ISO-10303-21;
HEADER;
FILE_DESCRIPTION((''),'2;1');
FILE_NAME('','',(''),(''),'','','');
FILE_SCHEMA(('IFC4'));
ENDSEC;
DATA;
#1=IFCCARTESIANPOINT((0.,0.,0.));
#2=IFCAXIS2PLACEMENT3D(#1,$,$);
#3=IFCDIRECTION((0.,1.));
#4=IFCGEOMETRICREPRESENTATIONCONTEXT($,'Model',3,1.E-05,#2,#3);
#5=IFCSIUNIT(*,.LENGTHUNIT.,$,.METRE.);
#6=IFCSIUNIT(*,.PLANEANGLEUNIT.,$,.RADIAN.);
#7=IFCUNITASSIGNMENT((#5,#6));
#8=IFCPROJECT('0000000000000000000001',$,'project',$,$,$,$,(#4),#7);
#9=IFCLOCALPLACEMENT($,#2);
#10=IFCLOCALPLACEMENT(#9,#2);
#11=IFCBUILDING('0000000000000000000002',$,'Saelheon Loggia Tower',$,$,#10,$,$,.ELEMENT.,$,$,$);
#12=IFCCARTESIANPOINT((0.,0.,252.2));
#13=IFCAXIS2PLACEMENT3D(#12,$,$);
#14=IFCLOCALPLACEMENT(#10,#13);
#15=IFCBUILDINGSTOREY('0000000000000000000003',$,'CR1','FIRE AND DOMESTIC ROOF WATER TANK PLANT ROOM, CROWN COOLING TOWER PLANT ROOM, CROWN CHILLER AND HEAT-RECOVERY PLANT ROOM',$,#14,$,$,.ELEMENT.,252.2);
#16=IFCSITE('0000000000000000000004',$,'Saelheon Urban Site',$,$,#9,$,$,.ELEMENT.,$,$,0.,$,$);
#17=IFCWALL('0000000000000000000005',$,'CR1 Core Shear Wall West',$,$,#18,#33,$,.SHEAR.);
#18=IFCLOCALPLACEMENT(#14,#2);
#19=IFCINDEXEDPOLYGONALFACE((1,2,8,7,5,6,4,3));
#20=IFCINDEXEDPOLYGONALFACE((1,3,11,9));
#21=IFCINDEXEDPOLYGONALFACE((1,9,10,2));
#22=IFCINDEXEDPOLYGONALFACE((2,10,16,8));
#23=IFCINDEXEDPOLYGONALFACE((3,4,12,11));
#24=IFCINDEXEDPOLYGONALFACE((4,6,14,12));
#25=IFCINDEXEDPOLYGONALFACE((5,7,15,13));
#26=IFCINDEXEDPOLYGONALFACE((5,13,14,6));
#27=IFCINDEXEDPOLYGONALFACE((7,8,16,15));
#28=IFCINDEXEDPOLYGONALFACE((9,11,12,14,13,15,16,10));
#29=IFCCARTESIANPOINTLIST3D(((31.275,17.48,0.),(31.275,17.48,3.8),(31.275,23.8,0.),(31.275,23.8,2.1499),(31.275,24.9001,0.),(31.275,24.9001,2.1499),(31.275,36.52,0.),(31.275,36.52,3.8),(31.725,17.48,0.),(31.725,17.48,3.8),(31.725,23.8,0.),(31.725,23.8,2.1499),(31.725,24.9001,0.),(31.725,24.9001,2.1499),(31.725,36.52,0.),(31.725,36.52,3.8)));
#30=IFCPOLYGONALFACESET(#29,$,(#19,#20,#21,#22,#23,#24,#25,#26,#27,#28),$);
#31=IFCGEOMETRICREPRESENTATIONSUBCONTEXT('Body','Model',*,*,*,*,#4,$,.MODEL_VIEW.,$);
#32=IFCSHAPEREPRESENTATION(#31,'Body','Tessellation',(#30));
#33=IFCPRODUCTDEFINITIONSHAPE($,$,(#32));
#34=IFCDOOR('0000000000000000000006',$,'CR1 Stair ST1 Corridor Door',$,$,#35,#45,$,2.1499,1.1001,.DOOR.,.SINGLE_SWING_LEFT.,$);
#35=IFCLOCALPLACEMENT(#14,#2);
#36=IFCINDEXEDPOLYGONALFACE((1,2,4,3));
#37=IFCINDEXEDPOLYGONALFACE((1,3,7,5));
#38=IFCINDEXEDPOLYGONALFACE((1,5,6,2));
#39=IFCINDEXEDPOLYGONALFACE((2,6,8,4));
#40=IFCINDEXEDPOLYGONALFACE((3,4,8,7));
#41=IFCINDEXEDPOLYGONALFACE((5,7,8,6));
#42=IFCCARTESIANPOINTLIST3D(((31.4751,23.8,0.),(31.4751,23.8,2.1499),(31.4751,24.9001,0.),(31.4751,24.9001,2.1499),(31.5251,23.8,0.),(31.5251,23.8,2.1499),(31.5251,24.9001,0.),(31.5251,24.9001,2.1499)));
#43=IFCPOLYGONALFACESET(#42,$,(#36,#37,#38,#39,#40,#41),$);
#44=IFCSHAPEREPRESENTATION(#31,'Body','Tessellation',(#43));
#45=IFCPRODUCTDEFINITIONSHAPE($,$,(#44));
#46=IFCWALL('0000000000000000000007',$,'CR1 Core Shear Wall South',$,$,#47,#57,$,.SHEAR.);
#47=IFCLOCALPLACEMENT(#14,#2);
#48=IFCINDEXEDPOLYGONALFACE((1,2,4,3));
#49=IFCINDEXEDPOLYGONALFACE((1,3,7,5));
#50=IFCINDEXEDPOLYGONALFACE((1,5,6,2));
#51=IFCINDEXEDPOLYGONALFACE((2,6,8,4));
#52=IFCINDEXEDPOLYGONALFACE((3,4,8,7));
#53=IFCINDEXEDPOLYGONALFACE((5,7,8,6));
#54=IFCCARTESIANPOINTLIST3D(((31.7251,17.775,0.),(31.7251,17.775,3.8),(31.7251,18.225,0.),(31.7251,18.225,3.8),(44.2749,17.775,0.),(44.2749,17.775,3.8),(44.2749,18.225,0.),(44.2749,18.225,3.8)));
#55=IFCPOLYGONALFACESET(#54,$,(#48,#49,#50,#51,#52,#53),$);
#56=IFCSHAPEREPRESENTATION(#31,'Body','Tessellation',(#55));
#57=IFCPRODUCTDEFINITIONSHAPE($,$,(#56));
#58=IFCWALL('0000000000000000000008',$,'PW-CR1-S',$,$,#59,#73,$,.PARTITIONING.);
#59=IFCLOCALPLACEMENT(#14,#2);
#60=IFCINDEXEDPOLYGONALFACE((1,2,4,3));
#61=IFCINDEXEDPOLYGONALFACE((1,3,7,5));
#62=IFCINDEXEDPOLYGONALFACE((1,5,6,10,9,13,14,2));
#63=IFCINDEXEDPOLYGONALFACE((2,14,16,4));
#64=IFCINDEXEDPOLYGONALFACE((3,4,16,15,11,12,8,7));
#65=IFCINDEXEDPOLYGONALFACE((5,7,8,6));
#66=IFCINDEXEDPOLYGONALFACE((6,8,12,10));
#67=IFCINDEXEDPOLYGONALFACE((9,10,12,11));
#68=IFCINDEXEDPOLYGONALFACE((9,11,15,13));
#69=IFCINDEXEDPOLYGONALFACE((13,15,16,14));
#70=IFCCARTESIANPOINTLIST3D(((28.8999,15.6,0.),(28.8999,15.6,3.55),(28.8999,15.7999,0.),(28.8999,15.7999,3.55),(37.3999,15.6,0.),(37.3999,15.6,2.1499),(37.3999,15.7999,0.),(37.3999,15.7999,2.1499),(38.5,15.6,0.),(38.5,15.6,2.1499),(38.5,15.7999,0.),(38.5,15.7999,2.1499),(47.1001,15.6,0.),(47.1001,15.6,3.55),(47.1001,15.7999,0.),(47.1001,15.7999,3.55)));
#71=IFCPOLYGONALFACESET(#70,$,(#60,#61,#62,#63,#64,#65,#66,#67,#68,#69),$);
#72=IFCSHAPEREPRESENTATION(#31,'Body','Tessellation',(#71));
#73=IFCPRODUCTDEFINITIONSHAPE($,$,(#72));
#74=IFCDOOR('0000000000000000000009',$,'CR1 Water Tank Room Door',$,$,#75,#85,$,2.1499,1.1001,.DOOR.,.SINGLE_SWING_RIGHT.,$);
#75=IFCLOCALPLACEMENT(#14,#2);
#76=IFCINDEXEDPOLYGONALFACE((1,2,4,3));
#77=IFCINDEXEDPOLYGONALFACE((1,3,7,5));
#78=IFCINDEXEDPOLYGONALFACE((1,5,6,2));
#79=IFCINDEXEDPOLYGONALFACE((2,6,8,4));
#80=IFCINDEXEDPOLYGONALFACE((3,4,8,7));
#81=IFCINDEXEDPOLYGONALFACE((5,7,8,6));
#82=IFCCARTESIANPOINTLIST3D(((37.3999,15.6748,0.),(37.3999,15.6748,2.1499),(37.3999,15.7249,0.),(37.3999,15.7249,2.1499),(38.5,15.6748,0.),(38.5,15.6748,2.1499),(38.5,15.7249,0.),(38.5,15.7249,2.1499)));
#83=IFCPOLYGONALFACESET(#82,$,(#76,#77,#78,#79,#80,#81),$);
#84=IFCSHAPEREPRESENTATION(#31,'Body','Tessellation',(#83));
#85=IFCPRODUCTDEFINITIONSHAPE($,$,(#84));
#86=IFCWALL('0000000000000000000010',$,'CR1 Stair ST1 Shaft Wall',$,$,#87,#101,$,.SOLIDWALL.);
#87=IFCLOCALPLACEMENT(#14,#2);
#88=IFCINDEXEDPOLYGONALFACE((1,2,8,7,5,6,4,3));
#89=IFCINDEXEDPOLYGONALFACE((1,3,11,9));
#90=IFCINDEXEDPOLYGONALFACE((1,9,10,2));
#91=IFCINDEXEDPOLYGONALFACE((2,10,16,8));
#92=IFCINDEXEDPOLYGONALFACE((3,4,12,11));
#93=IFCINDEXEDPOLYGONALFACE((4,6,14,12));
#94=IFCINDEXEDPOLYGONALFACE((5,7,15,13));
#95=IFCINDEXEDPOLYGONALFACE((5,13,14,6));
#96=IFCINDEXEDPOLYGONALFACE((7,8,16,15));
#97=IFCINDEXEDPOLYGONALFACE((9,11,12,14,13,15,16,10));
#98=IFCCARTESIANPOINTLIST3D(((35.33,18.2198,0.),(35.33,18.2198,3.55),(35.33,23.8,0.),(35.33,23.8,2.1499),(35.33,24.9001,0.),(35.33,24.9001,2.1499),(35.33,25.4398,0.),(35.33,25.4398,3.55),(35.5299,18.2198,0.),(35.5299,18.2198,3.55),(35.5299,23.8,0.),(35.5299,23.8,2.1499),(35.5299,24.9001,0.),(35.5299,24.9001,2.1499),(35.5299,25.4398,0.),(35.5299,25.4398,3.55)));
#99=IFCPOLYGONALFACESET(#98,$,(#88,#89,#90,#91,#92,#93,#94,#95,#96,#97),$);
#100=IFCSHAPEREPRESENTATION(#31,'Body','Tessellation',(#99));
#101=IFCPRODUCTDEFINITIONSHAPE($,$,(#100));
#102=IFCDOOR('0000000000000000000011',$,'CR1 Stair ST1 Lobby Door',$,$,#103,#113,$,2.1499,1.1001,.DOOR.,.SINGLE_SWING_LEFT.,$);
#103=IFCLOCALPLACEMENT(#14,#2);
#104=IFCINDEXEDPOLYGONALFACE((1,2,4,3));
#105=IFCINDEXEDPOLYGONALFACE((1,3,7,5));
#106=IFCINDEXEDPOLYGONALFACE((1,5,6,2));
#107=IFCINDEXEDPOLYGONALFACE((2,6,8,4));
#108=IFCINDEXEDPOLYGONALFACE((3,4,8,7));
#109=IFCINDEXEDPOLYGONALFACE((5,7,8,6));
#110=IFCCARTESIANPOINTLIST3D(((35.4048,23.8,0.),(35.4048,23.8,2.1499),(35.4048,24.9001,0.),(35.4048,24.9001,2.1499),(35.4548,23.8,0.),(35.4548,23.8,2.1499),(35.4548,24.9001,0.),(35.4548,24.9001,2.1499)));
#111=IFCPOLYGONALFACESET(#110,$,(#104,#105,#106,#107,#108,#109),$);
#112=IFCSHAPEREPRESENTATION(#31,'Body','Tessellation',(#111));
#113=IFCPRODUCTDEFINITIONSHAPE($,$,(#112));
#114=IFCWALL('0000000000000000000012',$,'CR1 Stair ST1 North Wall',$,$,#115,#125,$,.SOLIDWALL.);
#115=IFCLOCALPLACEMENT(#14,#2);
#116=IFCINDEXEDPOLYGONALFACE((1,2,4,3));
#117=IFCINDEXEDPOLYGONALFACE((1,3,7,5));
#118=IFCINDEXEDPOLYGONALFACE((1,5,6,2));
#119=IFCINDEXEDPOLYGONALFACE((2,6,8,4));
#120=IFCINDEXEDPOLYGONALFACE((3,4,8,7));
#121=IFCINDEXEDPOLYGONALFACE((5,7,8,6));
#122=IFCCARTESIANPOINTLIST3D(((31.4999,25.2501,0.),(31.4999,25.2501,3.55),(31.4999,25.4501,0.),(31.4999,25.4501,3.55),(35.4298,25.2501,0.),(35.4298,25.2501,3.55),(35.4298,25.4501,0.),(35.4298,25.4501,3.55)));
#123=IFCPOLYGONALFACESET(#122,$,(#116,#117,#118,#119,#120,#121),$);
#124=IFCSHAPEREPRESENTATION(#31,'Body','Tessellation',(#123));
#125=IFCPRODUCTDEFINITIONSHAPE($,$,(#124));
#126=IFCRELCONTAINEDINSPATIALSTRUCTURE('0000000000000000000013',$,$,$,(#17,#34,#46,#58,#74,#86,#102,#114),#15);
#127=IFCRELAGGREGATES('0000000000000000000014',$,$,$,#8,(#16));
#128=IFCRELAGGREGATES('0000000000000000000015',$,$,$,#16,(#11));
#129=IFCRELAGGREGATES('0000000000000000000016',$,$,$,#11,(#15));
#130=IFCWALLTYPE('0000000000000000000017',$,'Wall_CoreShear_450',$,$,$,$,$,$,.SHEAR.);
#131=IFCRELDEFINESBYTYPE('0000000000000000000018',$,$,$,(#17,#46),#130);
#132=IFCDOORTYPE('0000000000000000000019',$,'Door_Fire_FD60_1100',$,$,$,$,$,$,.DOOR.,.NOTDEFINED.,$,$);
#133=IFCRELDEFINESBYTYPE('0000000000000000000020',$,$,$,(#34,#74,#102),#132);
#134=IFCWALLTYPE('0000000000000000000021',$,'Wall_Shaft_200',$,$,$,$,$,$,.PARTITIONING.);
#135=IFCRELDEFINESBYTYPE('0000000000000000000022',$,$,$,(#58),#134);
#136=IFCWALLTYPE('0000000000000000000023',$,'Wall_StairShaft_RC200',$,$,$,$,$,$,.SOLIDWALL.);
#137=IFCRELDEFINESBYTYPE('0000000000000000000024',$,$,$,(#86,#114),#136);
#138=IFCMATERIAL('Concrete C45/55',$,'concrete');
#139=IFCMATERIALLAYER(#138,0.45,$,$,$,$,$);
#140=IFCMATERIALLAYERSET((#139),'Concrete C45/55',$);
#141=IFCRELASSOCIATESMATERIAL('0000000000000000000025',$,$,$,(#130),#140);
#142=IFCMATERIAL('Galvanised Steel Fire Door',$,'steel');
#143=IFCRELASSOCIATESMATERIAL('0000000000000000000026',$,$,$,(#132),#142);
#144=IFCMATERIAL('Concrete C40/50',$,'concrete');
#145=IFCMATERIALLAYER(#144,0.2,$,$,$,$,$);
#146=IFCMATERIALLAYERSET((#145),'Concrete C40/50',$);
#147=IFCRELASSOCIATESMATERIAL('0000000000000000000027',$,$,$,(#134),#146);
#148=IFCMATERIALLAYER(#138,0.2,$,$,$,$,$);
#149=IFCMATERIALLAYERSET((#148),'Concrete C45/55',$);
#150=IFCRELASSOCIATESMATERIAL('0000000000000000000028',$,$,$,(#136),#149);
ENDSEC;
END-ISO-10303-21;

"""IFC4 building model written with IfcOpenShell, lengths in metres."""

from ifc_helpers import new_model, si_unit, direction, frame, frame_2d, origin, place, context, subcontext, project, spatial, rectangle, extrude, source, transform, mapped, material, layer, layer_set, type_object, element, fill, save


model = new_model("IFC4")

# Units and contexts
model_context = context("Model", 3, precision=1e-05, world=origin(), true_north=direction((0.0, 1.0)))
body_context = subcontext(model_context, "Body", "Model", "MODEL_VIEW")
ifc_project = project(units=[si_unit("LENGTHUNIT", "METRE"), si_unit("PLANEANGLEUNIT", "RADIAN")], contexts=[model_context])

# Site, building, storey
site_placement = place(None, origin())
site = spatial("IfcSite", under=ifc_project, at=site_placement, Name="Saelheon Urban Site", CompositionType="ELEMENT", RefElevation=0.0)
building_placement = place(site_placement, origin())
building = spatial("IfcBuilding", under=site, at=building_placement, Name="Saelheon Loggia Tower", CompositionType="ELEMENT")
storey_placement = place(building_placement, frame((0.0, 0.0, 252.2)))
storey = spatial("IfcBuildingStorey", under=building, at=storey_placement, Name="CR1", Description="FIRE AND DOMESTIC ROOF WATER TANK PLANT ROOM, CROWN COOLING TOWER PLANT ROOM, CROWN CHILLER AND HEAT-RECOVERY PLANT ROOM", CompositionType="ELEMENT", Elevation=252.2)

# Shared definitions
ifc_material_1 = material(Name="Concrete C45/55", Category="concrete")

# Wall, opening, door
ifc_layer_1 = layer(ifc_material_1, 0.45)
ifc_layer_set_1 = layer_set([ifc_layer_1], Name="Concrete C45/55")
wall_type_1 = type_object("IfcWallType", Name="Wall_CoreShear_450", PredefinedType="SHEAR", material=ifc_layer_set_1)
wall_1_placement = place(storey_placement, frame((31.5, 17.48, 0.0), z_axis=(0.0, 0.0, 1.0), x_axis=(0.0, 1.0, 0.0)))
wall_1 = element("IfcWall", 1, at=wall_1_placement, inside=storey, type_object=wall_type_1, Name="CR1 Core Shear Wall West", PredefinedType="SHEAR", context=body_context, shape_type="SweptSolid", body=[
    extrude(rectangle(XDim=19.04, YDim=0.45, at=frame_2d((9.52, 0.0))), origin(), (0.0, 0.0, 1.0), 3.8),
])
opening_1_placement = place(wall_1_placement, frame((6.3201, 0.0, 0.0)))
opening_1 = element("IfcOpeningElement", 2, at=opening_1_placement, cuts=wall_1, PredefinedType="OPENING", context=body_context, shape_type="SweptSolid", body=[
    extrude(rectangle(XDim=1.1001, YDim=2.1499, at=frame_2d((0.55, 1.075))), frame((0.0, 0.2371, 0.0), z_axis=(0.0, -1.0, 0.0), x_axis=(1.0, 0.0, 0.0)), (0.0, 0.0, 1.0), 0.4739),
])
ifc_material_2 = material(Name="Galvanised Steel Fire Door", Category="steel")
door_type_1 = type_object("IfcDoorType", Name="Door_Fire_FD60_1100", OperationType="NOTDEFINED", PredefinedType="DOOR", material=ifc_material_2)
shared_shape_1 = source(origin(), body_context, "Body", "SweptSolid", [
    extrude(rectangle(XDim=1.1001, YDim=2.1499, at=frame_2d((0.55, 1.075))), frame((0.0, 0.0249, 0.0), z_axis=(0.0, -1.0, 0.0), x_axis=(1.0, 0.0, 0.0)), (0.0, 0.0, 1.0), 0.05),
])
door_1_placement = place(opening_1_placement, origin())
door_1 = element("IfcDoor", 3, at=door_1_placement, inside=storey, type_object=door_type_1, Name="CR1 Stair ST1 Corridor Door", OperationType="SINGLE_SWING_LEFT", OverallHeight=2.1499, OverallWidth=1.1001, PredefinedType="DOOR", context=body_context, shape_type="MappedRepresentation", body=[
    mapped(shared_shape_1, transform((0.0, 0.0, 0.0), scale=1.0)),
])
fill(opening_1, door_1)

# Wall
wall_2_placement = place(storey_placement, frame((31.7251, 18.0, 0.0), z_axis=(0.0, 0.0, 1.0), x_axis=(1.0, 0.0, 0.0)))
element("IfcWall", 4, at=wall_2_placement, inside=storey, type_object=wall_type_1, Name="CR1 Core Shear Wall South", PredefinedType="SHEAR", context=body_context, shape_type="SweptSolid", body=[
    extrude(rectangle(XDim=12.5498, YDim=0.45, at=frame_2d((6.2749, 0.0))), origin(), (0.0, 0.0, 1.0), 3.8),
])

# Walls, openings, doors
ifc_material_3 = material(Name="Concrete C40/50", Category="concrete")
ifc_layer_2 = layer(ifc_material_3, 0.2)
ifc_layer_set_2 = layer_set([ifc_layer_2], Name="Concrete C40/50")
wall_type_2 = type_object("IfcWallType", Name="Wall_Shaft_200", PredefinedType="PARTITIONING", material=ifc_layer_set_2)
wall_3_placement = place(storey_placement, frame((28.8999, 15.7, 0.0), z_axis=(0.0, 0.0, 1.0), x_axis=(1.0, 0.0, 0.0)))
wall_3 = element("IfcWall", 5, at=wall_3_placement, inside=storey, type_object=wall_type_2, Name="PW-CR1-S", PredefinedType="PARTITIONING", context=body_context, shape_type="SweptSolid", body=[
    extrude(rectangle(XDim=18.2002, YDim=0.2, at=frame_2d((9.1001, 0.0))), origin(), (0.0, 0.0, 1.0), 3.55),
])
opening_2_placement = place(wall_3_placement, frame((8.5, 0.0, 0.0)))
opening_2 = element("IfcOpeningElement", 6, at=opening_2_placement, cuts=wall_3, PredefinedType="OPENING", context=body_context, shape_type="SweptSolid", body=[
    extrude(rectangle(XDim=1.1001, YDim=2.1499, at=frame_2d((0.55, 1.075))), frame((0.0, 0.1121, 0.0), z_axis=(0.0, -1.0, 0.0), x_axis=(1.0, 0.0, 0.0)), (0.0, 0.0, 1.0), 0.2239),
])
door_2_placement = place(opening_2_placement, origin())
door_2 = element("IfcDoor", 7, at=door_2_placement, inside=storey, type_object=door_type_1, Name="CR1 Water Tank Room Door", OperationType="SINGLE_SWING_RIGHT", OverallHeight=2.1499, OverallWidth=1.1001, PredefinedType="DOOR", context=body_context, shape_type="MappedRepresentation", body=[
    mapped(shared_shape_1, transform((0.0, 0.0, 0.0), scale=1.0)),
])
fill(opening_2, door_2)
ifc_layer_3 = layer(ifc_material_1, 0.2)
ifc_layer_set_3 = layer_set([ifc_layer_3], Name="Concrete C45/55")
wall_type_3 = type_object("IfcWallType", Name="Wall_StairShaft_RC200", PredefinedType="SOLIDWALL", material=ifc_layer_set_3)
wall_4_placement = place(storey_placement, frame((35.4299, 18.22, 0.0), z_axis=(0.0, 0.0, 1.0), x_axis=(0.0, 1.0, 0.0)))
wall_4 = element("IfcWall", 8, at=wall_4_placement, inside=storey, type_object=wall_type_3, Name="CR1 Stair ST1 Shaft Wall", PredefinedType="SOLIDWALL", context=body_context, shape_type="SweptSolid", body=[
    extrude(rectangle(XDim=7.22, YDim=0.2, at=frame_2d((3.6099, 0.0))), origin(), (0.0, 0.0, 1.0), 3.55),
])
opening_3_placement = place(wall_4_placement, frame((6.6802, 0.0, 0.0), z_axis=(0.0, 0.0, 1.0), x_axis=(-1.0, 0.0, 0.0)))
opening_3 = element("IfcOpeningElement", 9, at=opening_3_placement, cuts=wall_4, PredefinedType="OPENING", context=body_context, shape_type="SweptSolid", body=[
    extrude(rectangle(XDim=1.1001, YDim=2.1499, at=frame_2d((0.55, 1.075))), frame((0.0, 0.1121, 0.0), z_axis=(0.0, -1.0, 0.0), x_axis=(1.0, 0.0, 0.0)), (0.0, 0.0, 1.0), 0.2239),
])
door_3_placement = place(opening_3_placement, origin())
door_3 = element("IfcDoor", 10, at=door_3_placement, inside=storey, type_object=door_type_1, Name="CR1 Stair ST1 Lobby Door", OperationType="SINGLE_SWING_LEFT", OverallHeight=2.1499, OverallWidth=1.1001, PredefinedType="DOOR", context=body_context, shape_type="MappedRepresentation", body=[
    mapped(shared_shape_1, transform((0.0, 0.0, 0.0), scale=1.0)),
])
fill(opening_3, door_3)

# Wall
wall_5_placement = place(storey_placement, frame((31.5, 25.3501, 0.0), z_axis=(0.0, 0.0, 1.0), x_axis=(1.0, 0.0, 0.0)))
element("IfcWall", 11, at=wall_5_placement, inside=storey, type_object=wall_type_3, Name="CR1 Stair ST1 North Wall", PredefinedType="SOLIDWALL", context=body_context, shape_type="SweptSolid", body=[
    extrude(rectangle(XDim=3.9299, YDim=0.2, at=frame_2d((1.9648, 0.0))), origin(), (0.0, 0.0, 1.0), 3.55),
])

save(model, "model.ifc")
